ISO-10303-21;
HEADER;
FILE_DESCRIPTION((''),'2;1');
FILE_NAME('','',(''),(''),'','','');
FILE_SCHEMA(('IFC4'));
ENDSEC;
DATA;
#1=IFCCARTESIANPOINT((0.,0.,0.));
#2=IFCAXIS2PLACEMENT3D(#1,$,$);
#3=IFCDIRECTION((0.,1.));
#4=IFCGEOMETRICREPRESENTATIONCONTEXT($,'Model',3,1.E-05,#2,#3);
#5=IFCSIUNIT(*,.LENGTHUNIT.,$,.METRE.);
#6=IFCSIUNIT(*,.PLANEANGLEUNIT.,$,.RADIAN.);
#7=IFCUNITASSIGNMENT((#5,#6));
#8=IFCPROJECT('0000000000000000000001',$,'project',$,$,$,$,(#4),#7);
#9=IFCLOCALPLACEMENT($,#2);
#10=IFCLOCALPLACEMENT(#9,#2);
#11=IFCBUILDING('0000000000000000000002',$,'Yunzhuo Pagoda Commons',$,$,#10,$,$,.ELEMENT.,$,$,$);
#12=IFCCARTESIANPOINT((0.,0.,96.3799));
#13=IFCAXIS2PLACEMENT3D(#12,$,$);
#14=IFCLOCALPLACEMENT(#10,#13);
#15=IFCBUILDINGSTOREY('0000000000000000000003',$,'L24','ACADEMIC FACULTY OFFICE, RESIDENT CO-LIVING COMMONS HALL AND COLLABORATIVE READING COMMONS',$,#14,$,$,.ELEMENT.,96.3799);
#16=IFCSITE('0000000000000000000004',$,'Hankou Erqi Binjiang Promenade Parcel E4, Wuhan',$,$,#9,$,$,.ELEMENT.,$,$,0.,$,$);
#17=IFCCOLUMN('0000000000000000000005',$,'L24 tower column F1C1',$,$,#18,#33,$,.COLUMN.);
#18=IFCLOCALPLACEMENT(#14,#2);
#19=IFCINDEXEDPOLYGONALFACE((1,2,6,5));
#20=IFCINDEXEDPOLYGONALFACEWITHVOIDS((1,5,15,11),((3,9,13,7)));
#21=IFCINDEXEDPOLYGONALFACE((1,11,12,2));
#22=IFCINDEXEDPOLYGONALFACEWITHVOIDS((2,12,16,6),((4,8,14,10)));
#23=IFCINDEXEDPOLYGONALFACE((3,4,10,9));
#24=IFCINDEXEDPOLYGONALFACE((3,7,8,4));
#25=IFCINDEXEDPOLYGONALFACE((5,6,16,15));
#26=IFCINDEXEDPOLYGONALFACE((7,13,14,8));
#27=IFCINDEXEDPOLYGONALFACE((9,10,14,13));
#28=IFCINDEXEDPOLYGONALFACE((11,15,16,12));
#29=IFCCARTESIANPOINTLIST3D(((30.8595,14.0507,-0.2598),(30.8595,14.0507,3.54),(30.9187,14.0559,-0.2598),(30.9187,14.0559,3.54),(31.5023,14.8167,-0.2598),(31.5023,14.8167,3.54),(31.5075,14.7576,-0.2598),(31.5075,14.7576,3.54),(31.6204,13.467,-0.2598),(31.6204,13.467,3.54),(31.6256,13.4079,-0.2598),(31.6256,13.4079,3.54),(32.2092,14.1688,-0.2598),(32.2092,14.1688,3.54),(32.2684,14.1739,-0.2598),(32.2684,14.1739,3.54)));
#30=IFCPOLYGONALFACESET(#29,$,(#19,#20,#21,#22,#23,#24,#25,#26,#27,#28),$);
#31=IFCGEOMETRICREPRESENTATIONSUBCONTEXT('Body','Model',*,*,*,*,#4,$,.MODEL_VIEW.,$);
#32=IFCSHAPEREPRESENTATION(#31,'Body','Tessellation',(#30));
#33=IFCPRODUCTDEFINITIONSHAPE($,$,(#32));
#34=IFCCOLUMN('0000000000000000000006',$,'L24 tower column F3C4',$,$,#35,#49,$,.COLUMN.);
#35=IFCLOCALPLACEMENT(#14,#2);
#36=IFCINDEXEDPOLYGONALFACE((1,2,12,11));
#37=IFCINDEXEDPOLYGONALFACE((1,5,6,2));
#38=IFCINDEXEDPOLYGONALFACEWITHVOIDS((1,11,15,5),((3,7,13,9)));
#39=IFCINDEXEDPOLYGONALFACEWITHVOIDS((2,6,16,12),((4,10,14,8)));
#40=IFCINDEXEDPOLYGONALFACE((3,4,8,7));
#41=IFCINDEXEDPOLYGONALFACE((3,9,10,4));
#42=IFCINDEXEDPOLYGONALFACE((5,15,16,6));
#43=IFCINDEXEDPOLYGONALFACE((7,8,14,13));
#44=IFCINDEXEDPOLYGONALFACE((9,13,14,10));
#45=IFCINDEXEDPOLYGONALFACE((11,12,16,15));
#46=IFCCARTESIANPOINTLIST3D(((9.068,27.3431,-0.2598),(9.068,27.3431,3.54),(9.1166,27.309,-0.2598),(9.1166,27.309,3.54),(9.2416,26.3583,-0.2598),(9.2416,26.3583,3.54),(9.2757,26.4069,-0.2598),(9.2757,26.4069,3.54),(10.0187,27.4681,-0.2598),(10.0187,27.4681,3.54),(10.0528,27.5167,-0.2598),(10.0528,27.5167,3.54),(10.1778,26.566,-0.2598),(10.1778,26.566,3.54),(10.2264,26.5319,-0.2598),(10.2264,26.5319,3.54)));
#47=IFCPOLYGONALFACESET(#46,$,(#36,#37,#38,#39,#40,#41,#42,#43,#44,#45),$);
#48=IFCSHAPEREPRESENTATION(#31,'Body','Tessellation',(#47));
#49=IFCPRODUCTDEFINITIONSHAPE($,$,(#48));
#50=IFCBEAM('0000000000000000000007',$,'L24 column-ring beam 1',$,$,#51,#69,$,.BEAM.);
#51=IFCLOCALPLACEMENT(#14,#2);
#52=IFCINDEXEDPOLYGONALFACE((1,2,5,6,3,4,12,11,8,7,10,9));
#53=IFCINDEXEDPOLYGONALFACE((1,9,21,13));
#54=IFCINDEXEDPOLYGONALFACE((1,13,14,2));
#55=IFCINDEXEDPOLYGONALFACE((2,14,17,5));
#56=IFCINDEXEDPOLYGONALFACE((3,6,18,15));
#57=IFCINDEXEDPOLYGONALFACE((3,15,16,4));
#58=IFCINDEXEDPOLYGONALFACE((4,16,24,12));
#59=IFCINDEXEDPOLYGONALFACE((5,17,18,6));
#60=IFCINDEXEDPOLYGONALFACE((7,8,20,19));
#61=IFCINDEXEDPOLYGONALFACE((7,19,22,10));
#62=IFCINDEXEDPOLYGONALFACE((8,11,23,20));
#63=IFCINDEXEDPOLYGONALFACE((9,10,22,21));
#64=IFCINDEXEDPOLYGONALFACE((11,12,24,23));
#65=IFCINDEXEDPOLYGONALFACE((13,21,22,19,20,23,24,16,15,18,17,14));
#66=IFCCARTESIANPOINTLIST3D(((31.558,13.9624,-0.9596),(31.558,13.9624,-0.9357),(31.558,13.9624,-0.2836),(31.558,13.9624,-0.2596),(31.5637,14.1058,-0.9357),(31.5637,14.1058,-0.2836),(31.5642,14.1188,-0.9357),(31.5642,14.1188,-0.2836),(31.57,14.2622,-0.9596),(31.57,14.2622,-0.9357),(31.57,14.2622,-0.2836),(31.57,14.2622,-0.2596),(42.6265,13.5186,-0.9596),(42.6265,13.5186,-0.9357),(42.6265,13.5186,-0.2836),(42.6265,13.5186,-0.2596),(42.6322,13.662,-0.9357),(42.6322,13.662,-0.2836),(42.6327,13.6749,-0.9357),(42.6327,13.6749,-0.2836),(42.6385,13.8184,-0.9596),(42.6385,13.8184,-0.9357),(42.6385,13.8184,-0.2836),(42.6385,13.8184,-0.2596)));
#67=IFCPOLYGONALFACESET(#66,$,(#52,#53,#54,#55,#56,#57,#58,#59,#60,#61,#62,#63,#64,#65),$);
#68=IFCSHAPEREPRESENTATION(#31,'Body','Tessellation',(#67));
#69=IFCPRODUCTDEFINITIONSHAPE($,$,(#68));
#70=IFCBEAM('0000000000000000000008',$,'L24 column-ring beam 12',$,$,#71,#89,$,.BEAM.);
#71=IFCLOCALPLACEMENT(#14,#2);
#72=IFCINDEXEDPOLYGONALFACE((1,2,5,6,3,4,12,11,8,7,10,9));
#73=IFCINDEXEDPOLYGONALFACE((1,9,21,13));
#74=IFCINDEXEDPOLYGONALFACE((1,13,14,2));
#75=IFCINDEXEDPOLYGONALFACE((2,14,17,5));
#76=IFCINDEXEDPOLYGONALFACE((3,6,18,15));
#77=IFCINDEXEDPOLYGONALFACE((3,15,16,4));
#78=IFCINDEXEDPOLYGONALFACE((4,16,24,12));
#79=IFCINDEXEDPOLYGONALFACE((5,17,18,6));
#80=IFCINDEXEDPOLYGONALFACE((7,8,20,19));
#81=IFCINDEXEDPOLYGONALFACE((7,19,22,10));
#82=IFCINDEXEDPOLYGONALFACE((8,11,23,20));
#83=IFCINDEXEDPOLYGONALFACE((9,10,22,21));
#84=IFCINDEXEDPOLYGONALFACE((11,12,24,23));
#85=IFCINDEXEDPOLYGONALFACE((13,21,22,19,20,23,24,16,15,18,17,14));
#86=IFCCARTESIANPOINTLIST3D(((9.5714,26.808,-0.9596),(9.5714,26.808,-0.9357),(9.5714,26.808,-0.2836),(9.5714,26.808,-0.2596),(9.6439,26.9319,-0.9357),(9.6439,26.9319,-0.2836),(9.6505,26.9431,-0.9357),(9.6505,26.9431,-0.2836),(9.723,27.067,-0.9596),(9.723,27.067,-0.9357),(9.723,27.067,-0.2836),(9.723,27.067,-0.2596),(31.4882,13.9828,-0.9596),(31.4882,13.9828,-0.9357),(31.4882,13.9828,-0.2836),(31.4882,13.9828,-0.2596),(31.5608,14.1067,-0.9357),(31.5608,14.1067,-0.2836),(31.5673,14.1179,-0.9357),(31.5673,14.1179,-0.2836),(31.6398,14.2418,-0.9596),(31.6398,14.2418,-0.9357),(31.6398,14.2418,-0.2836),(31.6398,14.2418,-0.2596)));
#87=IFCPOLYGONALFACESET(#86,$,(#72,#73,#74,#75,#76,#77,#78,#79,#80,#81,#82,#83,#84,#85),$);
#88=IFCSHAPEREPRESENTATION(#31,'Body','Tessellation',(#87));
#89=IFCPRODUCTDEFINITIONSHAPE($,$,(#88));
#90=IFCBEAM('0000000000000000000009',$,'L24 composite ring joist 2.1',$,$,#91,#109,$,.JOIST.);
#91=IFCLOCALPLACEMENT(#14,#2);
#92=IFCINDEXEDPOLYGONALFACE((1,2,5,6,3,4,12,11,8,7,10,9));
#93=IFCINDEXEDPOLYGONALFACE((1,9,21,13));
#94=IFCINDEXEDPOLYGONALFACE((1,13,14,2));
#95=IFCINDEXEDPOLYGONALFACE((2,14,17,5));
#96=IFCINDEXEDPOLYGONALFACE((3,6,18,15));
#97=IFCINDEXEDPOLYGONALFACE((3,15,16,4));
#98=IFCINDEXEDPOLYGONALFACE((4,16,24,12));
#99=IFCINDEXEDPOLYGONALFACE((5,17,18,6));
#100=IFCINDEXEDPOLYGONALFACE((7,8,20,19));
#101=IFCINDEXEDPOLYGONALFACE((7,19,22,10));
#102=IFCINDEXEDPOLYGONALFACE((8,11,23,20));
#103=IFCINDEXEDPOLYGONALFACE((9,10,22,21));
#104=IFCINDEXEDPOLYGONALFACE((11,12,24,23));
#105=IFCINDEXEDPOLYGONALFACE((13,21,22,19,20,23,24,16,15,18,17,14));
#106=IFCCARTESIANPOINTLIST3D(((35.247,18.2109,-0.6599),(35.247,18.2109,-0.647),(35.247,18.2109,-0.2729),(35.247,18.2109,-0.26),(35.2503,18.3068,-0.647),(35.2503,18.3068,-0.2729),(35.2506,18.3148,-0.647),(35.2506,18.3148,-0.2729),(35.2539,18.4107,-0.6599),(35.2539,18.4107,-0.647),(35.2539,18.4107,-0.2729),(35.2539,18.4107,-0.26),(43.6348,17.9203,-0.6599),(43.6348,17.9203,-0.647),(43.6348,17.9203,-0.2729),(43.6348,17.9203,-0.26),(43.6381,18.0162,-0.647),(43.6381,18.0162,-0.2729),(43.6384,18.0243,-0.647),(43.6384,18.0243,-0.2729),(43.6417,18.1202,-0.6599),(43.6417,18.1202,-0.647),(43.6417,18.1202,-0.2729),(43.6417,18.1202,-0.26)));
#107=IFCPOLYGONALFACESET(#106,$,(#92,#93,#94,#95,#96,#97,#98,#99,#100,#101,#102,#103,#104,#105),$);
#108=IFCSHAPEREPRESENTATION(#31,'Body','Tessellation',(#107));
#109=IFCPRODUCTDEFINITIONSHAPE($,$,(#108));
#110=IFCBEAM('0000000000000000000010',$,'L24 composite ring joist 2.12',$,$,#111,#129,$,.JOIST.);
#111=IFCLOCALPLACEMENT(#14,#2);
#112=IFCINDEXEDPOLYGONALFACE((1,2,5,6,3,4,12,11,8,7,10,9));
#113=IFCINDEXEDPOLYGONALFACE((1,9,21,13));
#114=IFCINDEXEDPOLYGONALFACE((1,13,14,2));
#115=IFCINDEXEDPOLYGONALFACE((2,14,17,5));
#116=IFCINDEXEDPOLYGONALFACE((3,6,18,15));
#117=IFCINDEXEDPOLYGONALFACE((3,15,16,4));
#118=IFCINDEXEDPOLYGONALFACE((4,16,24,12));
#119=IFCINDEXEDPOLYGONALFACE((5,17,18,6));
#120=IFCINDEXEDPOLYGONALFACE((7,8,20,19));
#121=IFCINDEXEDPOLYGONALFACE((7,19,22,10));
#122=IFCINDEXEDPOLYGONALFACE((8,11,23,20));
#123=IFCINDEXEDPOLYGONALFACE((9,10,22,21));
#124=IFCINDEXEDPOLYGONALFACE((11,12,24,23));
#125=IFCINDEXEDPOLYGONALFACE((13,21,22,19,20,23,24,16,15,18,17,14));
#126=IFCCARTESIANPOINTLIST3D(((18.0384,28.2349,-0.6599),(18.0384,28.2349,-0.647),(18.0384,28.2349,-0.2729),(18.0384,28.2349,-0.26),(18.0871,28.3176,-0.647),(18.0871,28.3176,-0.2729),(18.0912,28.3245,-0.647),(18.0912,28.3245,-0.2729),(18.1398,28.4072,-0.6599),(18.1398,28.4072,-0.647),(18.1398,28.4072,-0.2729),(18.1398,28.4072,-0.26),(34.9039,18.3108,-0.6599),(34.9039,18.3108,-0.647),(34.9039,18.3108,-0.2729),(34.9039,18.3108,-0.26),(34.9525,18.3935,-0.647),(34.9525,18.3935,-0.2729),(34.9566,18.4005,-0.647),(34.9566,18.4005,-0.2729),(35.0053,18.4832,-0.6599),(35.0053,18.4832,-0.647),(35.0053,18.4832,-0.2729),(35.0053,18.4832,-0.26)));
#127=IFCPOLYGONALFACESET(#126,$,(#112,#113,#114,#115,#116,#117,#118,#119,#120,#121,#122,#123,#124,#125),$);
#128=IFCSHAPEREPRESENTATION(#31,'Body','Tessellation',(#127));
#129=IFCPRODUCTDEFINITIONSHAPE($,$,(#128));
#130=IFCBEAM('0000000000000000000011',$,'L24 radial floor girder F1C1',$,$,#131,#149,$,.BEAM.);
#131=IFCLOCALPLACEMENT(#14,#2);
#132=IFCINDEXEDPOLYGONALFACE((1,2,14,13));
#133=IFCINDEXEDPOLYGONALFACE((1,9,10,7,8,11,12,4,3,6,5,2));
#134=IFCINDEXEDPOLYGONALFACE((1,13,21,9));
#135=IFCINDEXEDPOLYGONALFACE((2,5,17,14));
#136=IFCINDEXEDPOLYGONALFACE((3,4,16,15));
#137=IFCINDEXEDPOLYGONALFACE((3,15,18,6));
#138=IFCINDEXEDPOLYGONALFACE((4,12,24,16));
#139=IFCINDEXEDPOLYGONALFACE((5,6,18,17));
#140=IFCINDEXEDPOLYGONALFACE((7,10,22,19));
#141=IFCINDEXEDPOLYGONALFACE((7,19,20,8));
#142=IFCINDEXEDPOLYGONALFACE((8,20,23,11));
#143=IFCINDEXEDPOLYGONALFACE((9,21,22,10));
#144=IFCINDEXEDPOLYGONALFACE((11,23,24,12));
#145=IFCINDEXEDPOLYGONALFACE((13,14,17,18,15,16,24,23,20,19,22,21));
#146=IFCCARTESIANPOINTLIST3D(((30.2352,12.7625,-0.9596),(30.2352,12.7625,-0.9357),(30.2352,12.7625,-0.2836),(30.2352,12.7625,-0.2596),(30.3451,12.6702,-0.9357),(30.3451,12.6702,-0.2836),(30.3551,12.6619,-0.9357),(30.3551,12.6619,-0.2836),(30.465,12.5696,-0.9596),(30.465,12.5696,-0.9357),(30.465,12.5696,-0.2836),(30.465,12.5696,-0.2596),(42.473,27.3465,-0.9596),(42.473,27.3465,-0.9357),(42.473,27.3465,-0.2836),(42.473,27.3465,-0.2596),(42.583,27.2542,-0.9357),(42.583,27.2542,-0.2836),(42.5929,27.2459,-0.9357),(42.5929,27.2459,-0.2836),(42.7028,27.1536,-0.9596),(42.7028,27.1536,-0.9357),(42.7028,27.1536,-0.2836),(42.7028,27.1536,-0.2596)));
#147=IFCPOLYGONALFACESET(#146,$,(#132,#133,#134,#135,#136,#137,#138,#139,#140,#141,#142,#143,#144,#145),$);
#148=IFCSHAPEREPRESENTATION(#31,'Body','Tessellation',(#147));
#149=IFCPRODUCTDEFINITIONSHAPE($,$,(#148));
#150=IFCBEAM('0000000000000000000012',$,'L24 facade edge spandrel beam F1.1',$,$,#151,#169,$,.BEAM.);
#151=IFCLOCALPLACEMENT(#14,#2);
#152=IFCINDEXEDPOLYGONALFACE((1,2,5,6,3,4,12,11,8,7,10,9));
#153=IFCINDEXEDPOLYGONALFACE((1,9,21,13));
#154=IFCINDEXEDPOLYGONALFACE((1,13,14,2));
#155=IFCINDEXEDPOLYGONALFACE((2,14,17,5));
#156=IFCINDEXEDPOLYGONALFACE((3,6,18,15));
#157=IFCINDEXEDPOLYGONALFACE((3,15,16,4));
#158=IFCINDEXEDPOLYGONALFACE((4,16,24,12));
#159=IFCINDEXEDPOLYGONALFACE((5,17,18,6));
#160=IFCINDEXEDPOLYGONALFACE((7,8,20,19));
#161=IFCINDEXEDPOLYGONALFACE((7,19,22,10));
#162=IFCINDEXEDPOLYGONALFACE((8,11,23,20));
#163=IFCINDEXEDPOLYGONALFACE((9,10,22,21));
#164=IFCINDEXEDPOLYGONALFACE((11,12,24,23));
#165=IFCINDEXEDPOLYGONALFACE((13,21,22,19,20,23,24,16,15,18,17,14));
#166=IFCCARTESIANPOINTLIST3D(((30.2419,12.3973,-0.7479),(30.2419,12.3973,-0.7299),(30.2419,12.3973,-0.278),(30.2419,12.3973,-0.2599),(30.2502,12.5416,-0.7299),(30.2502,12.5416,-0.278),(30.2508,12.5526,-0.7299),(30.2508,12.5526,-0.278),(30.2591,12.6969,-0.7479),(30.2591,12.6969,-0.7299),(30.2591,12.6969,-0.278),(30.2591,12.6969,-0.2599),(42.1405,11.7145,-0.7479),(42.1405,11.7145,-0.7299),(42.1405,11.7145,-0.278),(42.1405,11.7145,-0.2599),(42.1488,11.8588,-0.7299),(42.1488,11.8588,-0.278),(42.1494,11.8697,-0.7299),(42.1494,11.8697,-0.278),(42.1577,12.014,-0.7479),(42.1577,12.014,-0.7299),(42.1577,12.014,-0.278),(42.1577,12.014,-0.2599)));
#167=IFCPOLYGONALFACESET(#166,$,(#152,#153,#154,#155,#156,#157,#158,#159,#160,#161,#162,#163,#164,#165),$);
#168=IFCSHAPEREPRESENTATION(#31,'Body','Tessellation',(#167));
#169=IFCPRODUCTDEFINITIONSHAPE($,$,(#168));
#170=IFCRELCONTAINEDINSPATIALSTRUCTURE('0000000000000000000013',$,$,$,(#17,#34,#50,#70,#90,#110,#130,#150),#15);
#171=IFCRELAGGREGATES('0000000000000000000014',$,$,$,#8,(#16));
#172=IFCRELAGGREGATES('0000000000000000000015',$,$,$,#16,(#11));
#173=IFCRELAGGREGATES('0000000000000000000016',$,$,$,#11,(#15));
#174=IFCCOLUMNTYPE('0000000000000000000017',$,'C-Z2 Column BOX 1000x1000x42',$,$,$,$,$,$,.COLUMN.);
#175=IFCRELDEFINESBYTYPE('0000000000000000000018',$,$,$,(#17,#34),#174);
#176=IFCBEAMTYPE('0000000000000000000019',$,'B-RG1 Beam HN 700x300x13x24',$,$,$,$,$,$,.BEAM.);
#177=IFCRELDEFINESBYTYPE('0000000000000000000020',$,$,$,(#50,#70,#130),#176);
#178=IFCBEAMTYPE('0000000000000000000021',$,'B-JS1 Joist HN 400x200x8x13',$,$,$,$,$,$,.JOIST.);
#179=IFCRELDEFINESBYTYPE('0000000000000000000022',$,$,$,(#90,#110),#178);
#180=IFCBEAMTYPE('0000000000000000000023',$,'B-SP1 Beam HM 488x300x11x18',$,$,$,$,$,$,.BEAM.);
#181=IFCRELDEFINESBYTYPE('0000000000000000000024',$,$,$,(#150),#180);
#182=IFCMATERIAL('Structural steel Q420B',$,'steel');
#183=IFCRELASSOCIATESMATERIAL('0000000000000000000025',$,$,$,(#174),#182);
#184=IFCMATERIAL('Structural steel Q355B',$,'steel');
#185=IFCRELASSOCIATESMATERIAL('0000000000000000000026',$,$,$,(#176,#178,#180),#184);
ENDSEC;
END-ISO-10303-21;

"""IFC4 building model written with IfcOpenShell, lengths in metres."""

from ifc_helpers import new_model, si_unit, direction, frame, origin, origin_2d, place, context, subcontext, project, spatial, hollow_rectangle, i_section, extrude, source, transform, mapped, material, material_profile, profile_set, type_object, element, save


model = new_model("IFC4")

# Units and contexts
model_context = context("Model", 3, precision=1e-05, world=origin(), true_north=direction((0.0, 1.0)))
body_context = subcontext(model_context, "Body", "Model", "MODEL_VIEW")
ifc_project = project(units=[si_unit("LENGTHUNIT", "METRE"), si_unit("PLANEANGLEUNIT", "RADIAN")], contexts=[model_context])

# Site, building, storey
site_placement = place(None, origin())
site = spatial("IfcSite", under=ifc_project, at=site_placement, Name="Hankou Erqi Binjiang Promenade Parcel E4, Wuhan", CompositionType="ELEMENT", RefElevation=0.0)
building_placement = place(site_placement, origin())
building = spatial("IfcBuilding", under=site, at=building_placement, Name="Yunzhuo Pagoda Commons", CompositionType="ELEMENT")
storey_placement = place(building_placement, frame((0.0, 0.0, 96.3799)))
storey = spatial("IfcBuildingStorey", under=building, at=storey_placement, Name="L24", Description="ACADEMIC FACULTY OFFICE, RESIDENT CO-LIVING COMMONS HALL AND COLLABORATIVE READING COMMONS", CompositionType="ELEMENT", Elevation=96.3799)

# Columns
ifc_material_1 = material(Name="Structural steel Q420B", Category="steel")
ifc_material_profile_1 = material_profile(ifc_material_1, hollow_rectangle(XDim=1.0, YDim=1.0, WallThickness=0.042, at=origin_2d()), Name="Structural steel Q420B")
ifc_profile_set_1 = profile_set([ifc_material_profile_1], Name="Structural steel Q420B")
column_type = type_object("IfcColumnType", Name="C-Z2 Column BOX 1000x1000x42", PredefinedType="COLUMN", material=ifc_profile_set_1)
shared_shape_1 = source(origin(), body_context, "Body", "SweptSolid", [
    extrude(hollow_rectangle(XDim=1.0, YDim=1.0, WallThickness=0.042, at=origin_2d()), origin(), (0.0, 0.0, 1.0), 3.7998),
])
for number, where, z_axis, x_axis, name in (
    (1, (31.564, 14.1123, -0.2598), (0.0, 0.0, 1.0), (0.766044, -0.642788, 0.0), "L24 tower column F1C1"),
    (2, (9.6472, 26.9375, -0.2598), (0.0, 0.0, 1.0), (0.173648, -0.984808, 0.0), "L24 tower column F3C4"),
):
    element("IfcColumn", number, at=place(storey_placement, frame(where, z_axis=z_axis, x_axis=x_axis)), inside=storey, type_object=column_type, Name=name, PredefinedType="COLUMN", context=body_context, shape_type="MappedRepresentation", body=[
        mapped(shared_shape_1, transform((0.0, 0.0, 0.0), scale=1.0)),
    ])

# Beams
ifc_material_2 = material(Name="Structural steel Q355B", Category="steel")
ifc_material_profile_2 = material_profile(ifc_material_2, i_section(OverallWidth=0.3, OverallDepth=0.7, WebThickness=0.0129, FlangeThickness=0.0239, at=origin_2d()), Name="Structural steel Q355B")
ifc_profile_set_2 = profile_set([ifc_material_profile_2], Name="Structural steel Q355B")
beam_type_1 = type_object("IfcBeamType", Name="B-RG1 Beam HN 700x300x13x24", PredefinedType="BEAM", material=ifc_profile_set_2)
shared_shape_2 = source(origin(), body_context, "Body", "SweptSolid", [
    extrude(i_section(OverallWidth=0.3, OverallDepth=0.7, WebThickness=0.0129, FlangeThickness=0.0239, at=origin_2d()), origin(), (0.0, 0.0, 1.0), 11.0774),
])
beam_1_placement = place(storey_placement, frame((31.564, 14.1123, -0.6096), z_axis=(0.999197, -0.040067, 0.0), x_axis=(0.040067, 0.999197, 0.0)))
element("IfcBeam", 3, at=beam_1_placement, inside=storey, type_object=beam_type_1, Name="L24 column-ring beam 1", PredefinedType="BEAM", context=body_context, shape_type="MappedRepresentation", body=[
    mapped(shared_shape_2, transform((0.0, 0.0, 0.0), scale=1.0)),
])
shared_shape_3 = source(origin(), body_context, "Body", "SweptSolid", [
    extrude(i_section(OverallWidth=0.3, OverallDepth=0.7, WebThickness=0.0129, FlangeThickness=0.0239, at=origin_2d()), origin(), (0.0, 0.0, 1.0), 25.3936),
])
beam_2_placement = place(storey_placement, frame((9.6472, 26.9375, -0.6096), z_axis=(0.863085, -0.505058, 0.0), x_axis=(0.505058, 0.863085, 0.0)))
element("IfcBeam", 4, at=beam_2_placement, inside=storey, type_object=beam_type_1, Name="L24 column-ring beam 12", PredefinedType="BEAM", context=body_context, shape_type="MappedRepresentation", body=[
    mapped(shared_shape_3, transform((0.0, 0.0, 0.0), scale=1.0)),
])
ifc_material_profile_3 = material_profile(ifc_material_2, i_section(OverallWidth=0.2, OverallDepth=0.3999, WebThickness=0.0081, FlangeThickness=0.0129, at=origin_2d()), Name="Structural steel Q355B")
ifc_profile_set_3 = profile_set([ifc_material_profile_3], Name="Structural steel Q355B")
beam_type_2 = type_object("IfcBeamType", Name="B-JS1 Joist HN 400x200x8x13", PredefinedType="JOIST", material=ifc_profile_set_3)
shared_shape_4 = source(origin(), body_context, "Body", "SweptSolid", [
    extrude(i_section(OverallWidth=0.2, OverallDepth=0.3999, WebThickness=0.0081, FlangeThickness=0.0129, at=origin_2d()), origin(), (0.0, 0.0, 1.0), 8.3928),
])
beam_3_placement = place(storey_placement, frame((35.2505, 18.3108, -0.46), z_axis=(0.999401, -0.034617, 0.0), x_axis=(0.034617, 0.999401, 0.0)))
element("IfcBeam", 5, at=beam_3_placement, inside=storey, type_object=beam_type_2, Name="L24 composite ring joist 2.1", PredefinedType="JOIST", context=body_context, shape_type="MappedRepresentation", body=[
    mapped(shared_shape_4, transform((0.0, 0.0, 0.0), scale=1.0)),
])
shared_shape_5 = source(origin(), body_context, "Body", "SweptSolid", [
    extrude(i_section(OverallWidth=0.2, OverallDepth=0.3999, WebThickness=0.0081, FlangeThickness=0.0129, at=origin_2d()), origin(), (0.0, 0.0, 1.0), 19.5686),
])
beam_4_placement = place(storey_placement, frame((18.0891, 28.321, -0.46), z_axis=(0.861863, -0.507142, 0.0), x_axis=(0.507142, 0.861863, 0.0)))
element("IfcBeam", 6, at=beam_4_placement, inside=storey, type_object=beam_type_2, Name="L24 composite ring joist 2.12", PredefinedType="JOIST", context=body_context, shape_type="MappedRepresentation", body=[
    mapped(shared_shape_5, transform((0.0, 0.0, 0.0), scale=1.0)),
])
shared_shape_6 = source(origin(), body_context, "Body", "SweptSolid", [
    extrude(i_section(OverallWidth=0.3, OverallDepth=0.7, WebThickness=0.0129, FlangeThickness=0.0239, at=origin_2d()), origin(), (0.0, 0.0, 1.0), 19.0383),
])
beam_5_placement = place(storey_placement, frame((30.3501, 12.666, -0.6096), z_axis=(0.642799, 0.766035, 0.0), x_axis=(-0.766035, 0.642799, 0.0)))
element("IfcBeam", 7, at=beam_5_placement, inside=storey, type_object=beam_type_1, Name="L24 radial floor girder F1C1", PredefinedType="BEAM", context=body_context, shape_type="MappedRepresentation", body=[
    mapped(shared_shape_6, transform((0.0, 0.0, 0.0), scale=1.0)),
])
ifc_material_profile_4 = material_profile(ifc_material_2, i_section(OverallWidth=0.3, OverallDepth=0.488, WebThickness=0.011, FlangeThickness=0.0181, at=origin_2d()), Name="Structural steel Q355B")
ifc_profile_set_4 = profile_set([ifc_material_profile_4], Name="Structural steel Q355B")
beam_type_3 = type_object("IfcBeamType", Name="B-SP1 Beam HM 488x300x11x18", PredefinedType="BEAM", material=ifc_profile_set_4)
shared_shape_7 = source(origin(), body_context, "Body", "SweptSolid", [
    extrude(i_section(OverallWidth=0.3, OverallDepth=0.488, WebThickness=0.011, FlangeThickness=0.0181, at=origin_2d()), origin(), (0.0, 0.0, 1.0), 11.9182),
])
beam_6_placement = place(storey_placement, frame((30.2505, 12.5471, -0.5039), z_axis=(0.998357, -0.057295, 0.0), x_axis=(0.057295, 0.998357, 0.0)))
element("IfcBeam", 8, at=beam_6_placement, inside=storey, type_object=beam_type_3, Name="L24 facade edge spandrel beam F1.1", PredefinedType="BEAM", context=body_context, shape_type="MappedRepresentation", body=[
    mapped(shared_shape_7, transform((0.0, 0.0, 0.0), scale=1.0)),
])

save(model, "model.ifc")
